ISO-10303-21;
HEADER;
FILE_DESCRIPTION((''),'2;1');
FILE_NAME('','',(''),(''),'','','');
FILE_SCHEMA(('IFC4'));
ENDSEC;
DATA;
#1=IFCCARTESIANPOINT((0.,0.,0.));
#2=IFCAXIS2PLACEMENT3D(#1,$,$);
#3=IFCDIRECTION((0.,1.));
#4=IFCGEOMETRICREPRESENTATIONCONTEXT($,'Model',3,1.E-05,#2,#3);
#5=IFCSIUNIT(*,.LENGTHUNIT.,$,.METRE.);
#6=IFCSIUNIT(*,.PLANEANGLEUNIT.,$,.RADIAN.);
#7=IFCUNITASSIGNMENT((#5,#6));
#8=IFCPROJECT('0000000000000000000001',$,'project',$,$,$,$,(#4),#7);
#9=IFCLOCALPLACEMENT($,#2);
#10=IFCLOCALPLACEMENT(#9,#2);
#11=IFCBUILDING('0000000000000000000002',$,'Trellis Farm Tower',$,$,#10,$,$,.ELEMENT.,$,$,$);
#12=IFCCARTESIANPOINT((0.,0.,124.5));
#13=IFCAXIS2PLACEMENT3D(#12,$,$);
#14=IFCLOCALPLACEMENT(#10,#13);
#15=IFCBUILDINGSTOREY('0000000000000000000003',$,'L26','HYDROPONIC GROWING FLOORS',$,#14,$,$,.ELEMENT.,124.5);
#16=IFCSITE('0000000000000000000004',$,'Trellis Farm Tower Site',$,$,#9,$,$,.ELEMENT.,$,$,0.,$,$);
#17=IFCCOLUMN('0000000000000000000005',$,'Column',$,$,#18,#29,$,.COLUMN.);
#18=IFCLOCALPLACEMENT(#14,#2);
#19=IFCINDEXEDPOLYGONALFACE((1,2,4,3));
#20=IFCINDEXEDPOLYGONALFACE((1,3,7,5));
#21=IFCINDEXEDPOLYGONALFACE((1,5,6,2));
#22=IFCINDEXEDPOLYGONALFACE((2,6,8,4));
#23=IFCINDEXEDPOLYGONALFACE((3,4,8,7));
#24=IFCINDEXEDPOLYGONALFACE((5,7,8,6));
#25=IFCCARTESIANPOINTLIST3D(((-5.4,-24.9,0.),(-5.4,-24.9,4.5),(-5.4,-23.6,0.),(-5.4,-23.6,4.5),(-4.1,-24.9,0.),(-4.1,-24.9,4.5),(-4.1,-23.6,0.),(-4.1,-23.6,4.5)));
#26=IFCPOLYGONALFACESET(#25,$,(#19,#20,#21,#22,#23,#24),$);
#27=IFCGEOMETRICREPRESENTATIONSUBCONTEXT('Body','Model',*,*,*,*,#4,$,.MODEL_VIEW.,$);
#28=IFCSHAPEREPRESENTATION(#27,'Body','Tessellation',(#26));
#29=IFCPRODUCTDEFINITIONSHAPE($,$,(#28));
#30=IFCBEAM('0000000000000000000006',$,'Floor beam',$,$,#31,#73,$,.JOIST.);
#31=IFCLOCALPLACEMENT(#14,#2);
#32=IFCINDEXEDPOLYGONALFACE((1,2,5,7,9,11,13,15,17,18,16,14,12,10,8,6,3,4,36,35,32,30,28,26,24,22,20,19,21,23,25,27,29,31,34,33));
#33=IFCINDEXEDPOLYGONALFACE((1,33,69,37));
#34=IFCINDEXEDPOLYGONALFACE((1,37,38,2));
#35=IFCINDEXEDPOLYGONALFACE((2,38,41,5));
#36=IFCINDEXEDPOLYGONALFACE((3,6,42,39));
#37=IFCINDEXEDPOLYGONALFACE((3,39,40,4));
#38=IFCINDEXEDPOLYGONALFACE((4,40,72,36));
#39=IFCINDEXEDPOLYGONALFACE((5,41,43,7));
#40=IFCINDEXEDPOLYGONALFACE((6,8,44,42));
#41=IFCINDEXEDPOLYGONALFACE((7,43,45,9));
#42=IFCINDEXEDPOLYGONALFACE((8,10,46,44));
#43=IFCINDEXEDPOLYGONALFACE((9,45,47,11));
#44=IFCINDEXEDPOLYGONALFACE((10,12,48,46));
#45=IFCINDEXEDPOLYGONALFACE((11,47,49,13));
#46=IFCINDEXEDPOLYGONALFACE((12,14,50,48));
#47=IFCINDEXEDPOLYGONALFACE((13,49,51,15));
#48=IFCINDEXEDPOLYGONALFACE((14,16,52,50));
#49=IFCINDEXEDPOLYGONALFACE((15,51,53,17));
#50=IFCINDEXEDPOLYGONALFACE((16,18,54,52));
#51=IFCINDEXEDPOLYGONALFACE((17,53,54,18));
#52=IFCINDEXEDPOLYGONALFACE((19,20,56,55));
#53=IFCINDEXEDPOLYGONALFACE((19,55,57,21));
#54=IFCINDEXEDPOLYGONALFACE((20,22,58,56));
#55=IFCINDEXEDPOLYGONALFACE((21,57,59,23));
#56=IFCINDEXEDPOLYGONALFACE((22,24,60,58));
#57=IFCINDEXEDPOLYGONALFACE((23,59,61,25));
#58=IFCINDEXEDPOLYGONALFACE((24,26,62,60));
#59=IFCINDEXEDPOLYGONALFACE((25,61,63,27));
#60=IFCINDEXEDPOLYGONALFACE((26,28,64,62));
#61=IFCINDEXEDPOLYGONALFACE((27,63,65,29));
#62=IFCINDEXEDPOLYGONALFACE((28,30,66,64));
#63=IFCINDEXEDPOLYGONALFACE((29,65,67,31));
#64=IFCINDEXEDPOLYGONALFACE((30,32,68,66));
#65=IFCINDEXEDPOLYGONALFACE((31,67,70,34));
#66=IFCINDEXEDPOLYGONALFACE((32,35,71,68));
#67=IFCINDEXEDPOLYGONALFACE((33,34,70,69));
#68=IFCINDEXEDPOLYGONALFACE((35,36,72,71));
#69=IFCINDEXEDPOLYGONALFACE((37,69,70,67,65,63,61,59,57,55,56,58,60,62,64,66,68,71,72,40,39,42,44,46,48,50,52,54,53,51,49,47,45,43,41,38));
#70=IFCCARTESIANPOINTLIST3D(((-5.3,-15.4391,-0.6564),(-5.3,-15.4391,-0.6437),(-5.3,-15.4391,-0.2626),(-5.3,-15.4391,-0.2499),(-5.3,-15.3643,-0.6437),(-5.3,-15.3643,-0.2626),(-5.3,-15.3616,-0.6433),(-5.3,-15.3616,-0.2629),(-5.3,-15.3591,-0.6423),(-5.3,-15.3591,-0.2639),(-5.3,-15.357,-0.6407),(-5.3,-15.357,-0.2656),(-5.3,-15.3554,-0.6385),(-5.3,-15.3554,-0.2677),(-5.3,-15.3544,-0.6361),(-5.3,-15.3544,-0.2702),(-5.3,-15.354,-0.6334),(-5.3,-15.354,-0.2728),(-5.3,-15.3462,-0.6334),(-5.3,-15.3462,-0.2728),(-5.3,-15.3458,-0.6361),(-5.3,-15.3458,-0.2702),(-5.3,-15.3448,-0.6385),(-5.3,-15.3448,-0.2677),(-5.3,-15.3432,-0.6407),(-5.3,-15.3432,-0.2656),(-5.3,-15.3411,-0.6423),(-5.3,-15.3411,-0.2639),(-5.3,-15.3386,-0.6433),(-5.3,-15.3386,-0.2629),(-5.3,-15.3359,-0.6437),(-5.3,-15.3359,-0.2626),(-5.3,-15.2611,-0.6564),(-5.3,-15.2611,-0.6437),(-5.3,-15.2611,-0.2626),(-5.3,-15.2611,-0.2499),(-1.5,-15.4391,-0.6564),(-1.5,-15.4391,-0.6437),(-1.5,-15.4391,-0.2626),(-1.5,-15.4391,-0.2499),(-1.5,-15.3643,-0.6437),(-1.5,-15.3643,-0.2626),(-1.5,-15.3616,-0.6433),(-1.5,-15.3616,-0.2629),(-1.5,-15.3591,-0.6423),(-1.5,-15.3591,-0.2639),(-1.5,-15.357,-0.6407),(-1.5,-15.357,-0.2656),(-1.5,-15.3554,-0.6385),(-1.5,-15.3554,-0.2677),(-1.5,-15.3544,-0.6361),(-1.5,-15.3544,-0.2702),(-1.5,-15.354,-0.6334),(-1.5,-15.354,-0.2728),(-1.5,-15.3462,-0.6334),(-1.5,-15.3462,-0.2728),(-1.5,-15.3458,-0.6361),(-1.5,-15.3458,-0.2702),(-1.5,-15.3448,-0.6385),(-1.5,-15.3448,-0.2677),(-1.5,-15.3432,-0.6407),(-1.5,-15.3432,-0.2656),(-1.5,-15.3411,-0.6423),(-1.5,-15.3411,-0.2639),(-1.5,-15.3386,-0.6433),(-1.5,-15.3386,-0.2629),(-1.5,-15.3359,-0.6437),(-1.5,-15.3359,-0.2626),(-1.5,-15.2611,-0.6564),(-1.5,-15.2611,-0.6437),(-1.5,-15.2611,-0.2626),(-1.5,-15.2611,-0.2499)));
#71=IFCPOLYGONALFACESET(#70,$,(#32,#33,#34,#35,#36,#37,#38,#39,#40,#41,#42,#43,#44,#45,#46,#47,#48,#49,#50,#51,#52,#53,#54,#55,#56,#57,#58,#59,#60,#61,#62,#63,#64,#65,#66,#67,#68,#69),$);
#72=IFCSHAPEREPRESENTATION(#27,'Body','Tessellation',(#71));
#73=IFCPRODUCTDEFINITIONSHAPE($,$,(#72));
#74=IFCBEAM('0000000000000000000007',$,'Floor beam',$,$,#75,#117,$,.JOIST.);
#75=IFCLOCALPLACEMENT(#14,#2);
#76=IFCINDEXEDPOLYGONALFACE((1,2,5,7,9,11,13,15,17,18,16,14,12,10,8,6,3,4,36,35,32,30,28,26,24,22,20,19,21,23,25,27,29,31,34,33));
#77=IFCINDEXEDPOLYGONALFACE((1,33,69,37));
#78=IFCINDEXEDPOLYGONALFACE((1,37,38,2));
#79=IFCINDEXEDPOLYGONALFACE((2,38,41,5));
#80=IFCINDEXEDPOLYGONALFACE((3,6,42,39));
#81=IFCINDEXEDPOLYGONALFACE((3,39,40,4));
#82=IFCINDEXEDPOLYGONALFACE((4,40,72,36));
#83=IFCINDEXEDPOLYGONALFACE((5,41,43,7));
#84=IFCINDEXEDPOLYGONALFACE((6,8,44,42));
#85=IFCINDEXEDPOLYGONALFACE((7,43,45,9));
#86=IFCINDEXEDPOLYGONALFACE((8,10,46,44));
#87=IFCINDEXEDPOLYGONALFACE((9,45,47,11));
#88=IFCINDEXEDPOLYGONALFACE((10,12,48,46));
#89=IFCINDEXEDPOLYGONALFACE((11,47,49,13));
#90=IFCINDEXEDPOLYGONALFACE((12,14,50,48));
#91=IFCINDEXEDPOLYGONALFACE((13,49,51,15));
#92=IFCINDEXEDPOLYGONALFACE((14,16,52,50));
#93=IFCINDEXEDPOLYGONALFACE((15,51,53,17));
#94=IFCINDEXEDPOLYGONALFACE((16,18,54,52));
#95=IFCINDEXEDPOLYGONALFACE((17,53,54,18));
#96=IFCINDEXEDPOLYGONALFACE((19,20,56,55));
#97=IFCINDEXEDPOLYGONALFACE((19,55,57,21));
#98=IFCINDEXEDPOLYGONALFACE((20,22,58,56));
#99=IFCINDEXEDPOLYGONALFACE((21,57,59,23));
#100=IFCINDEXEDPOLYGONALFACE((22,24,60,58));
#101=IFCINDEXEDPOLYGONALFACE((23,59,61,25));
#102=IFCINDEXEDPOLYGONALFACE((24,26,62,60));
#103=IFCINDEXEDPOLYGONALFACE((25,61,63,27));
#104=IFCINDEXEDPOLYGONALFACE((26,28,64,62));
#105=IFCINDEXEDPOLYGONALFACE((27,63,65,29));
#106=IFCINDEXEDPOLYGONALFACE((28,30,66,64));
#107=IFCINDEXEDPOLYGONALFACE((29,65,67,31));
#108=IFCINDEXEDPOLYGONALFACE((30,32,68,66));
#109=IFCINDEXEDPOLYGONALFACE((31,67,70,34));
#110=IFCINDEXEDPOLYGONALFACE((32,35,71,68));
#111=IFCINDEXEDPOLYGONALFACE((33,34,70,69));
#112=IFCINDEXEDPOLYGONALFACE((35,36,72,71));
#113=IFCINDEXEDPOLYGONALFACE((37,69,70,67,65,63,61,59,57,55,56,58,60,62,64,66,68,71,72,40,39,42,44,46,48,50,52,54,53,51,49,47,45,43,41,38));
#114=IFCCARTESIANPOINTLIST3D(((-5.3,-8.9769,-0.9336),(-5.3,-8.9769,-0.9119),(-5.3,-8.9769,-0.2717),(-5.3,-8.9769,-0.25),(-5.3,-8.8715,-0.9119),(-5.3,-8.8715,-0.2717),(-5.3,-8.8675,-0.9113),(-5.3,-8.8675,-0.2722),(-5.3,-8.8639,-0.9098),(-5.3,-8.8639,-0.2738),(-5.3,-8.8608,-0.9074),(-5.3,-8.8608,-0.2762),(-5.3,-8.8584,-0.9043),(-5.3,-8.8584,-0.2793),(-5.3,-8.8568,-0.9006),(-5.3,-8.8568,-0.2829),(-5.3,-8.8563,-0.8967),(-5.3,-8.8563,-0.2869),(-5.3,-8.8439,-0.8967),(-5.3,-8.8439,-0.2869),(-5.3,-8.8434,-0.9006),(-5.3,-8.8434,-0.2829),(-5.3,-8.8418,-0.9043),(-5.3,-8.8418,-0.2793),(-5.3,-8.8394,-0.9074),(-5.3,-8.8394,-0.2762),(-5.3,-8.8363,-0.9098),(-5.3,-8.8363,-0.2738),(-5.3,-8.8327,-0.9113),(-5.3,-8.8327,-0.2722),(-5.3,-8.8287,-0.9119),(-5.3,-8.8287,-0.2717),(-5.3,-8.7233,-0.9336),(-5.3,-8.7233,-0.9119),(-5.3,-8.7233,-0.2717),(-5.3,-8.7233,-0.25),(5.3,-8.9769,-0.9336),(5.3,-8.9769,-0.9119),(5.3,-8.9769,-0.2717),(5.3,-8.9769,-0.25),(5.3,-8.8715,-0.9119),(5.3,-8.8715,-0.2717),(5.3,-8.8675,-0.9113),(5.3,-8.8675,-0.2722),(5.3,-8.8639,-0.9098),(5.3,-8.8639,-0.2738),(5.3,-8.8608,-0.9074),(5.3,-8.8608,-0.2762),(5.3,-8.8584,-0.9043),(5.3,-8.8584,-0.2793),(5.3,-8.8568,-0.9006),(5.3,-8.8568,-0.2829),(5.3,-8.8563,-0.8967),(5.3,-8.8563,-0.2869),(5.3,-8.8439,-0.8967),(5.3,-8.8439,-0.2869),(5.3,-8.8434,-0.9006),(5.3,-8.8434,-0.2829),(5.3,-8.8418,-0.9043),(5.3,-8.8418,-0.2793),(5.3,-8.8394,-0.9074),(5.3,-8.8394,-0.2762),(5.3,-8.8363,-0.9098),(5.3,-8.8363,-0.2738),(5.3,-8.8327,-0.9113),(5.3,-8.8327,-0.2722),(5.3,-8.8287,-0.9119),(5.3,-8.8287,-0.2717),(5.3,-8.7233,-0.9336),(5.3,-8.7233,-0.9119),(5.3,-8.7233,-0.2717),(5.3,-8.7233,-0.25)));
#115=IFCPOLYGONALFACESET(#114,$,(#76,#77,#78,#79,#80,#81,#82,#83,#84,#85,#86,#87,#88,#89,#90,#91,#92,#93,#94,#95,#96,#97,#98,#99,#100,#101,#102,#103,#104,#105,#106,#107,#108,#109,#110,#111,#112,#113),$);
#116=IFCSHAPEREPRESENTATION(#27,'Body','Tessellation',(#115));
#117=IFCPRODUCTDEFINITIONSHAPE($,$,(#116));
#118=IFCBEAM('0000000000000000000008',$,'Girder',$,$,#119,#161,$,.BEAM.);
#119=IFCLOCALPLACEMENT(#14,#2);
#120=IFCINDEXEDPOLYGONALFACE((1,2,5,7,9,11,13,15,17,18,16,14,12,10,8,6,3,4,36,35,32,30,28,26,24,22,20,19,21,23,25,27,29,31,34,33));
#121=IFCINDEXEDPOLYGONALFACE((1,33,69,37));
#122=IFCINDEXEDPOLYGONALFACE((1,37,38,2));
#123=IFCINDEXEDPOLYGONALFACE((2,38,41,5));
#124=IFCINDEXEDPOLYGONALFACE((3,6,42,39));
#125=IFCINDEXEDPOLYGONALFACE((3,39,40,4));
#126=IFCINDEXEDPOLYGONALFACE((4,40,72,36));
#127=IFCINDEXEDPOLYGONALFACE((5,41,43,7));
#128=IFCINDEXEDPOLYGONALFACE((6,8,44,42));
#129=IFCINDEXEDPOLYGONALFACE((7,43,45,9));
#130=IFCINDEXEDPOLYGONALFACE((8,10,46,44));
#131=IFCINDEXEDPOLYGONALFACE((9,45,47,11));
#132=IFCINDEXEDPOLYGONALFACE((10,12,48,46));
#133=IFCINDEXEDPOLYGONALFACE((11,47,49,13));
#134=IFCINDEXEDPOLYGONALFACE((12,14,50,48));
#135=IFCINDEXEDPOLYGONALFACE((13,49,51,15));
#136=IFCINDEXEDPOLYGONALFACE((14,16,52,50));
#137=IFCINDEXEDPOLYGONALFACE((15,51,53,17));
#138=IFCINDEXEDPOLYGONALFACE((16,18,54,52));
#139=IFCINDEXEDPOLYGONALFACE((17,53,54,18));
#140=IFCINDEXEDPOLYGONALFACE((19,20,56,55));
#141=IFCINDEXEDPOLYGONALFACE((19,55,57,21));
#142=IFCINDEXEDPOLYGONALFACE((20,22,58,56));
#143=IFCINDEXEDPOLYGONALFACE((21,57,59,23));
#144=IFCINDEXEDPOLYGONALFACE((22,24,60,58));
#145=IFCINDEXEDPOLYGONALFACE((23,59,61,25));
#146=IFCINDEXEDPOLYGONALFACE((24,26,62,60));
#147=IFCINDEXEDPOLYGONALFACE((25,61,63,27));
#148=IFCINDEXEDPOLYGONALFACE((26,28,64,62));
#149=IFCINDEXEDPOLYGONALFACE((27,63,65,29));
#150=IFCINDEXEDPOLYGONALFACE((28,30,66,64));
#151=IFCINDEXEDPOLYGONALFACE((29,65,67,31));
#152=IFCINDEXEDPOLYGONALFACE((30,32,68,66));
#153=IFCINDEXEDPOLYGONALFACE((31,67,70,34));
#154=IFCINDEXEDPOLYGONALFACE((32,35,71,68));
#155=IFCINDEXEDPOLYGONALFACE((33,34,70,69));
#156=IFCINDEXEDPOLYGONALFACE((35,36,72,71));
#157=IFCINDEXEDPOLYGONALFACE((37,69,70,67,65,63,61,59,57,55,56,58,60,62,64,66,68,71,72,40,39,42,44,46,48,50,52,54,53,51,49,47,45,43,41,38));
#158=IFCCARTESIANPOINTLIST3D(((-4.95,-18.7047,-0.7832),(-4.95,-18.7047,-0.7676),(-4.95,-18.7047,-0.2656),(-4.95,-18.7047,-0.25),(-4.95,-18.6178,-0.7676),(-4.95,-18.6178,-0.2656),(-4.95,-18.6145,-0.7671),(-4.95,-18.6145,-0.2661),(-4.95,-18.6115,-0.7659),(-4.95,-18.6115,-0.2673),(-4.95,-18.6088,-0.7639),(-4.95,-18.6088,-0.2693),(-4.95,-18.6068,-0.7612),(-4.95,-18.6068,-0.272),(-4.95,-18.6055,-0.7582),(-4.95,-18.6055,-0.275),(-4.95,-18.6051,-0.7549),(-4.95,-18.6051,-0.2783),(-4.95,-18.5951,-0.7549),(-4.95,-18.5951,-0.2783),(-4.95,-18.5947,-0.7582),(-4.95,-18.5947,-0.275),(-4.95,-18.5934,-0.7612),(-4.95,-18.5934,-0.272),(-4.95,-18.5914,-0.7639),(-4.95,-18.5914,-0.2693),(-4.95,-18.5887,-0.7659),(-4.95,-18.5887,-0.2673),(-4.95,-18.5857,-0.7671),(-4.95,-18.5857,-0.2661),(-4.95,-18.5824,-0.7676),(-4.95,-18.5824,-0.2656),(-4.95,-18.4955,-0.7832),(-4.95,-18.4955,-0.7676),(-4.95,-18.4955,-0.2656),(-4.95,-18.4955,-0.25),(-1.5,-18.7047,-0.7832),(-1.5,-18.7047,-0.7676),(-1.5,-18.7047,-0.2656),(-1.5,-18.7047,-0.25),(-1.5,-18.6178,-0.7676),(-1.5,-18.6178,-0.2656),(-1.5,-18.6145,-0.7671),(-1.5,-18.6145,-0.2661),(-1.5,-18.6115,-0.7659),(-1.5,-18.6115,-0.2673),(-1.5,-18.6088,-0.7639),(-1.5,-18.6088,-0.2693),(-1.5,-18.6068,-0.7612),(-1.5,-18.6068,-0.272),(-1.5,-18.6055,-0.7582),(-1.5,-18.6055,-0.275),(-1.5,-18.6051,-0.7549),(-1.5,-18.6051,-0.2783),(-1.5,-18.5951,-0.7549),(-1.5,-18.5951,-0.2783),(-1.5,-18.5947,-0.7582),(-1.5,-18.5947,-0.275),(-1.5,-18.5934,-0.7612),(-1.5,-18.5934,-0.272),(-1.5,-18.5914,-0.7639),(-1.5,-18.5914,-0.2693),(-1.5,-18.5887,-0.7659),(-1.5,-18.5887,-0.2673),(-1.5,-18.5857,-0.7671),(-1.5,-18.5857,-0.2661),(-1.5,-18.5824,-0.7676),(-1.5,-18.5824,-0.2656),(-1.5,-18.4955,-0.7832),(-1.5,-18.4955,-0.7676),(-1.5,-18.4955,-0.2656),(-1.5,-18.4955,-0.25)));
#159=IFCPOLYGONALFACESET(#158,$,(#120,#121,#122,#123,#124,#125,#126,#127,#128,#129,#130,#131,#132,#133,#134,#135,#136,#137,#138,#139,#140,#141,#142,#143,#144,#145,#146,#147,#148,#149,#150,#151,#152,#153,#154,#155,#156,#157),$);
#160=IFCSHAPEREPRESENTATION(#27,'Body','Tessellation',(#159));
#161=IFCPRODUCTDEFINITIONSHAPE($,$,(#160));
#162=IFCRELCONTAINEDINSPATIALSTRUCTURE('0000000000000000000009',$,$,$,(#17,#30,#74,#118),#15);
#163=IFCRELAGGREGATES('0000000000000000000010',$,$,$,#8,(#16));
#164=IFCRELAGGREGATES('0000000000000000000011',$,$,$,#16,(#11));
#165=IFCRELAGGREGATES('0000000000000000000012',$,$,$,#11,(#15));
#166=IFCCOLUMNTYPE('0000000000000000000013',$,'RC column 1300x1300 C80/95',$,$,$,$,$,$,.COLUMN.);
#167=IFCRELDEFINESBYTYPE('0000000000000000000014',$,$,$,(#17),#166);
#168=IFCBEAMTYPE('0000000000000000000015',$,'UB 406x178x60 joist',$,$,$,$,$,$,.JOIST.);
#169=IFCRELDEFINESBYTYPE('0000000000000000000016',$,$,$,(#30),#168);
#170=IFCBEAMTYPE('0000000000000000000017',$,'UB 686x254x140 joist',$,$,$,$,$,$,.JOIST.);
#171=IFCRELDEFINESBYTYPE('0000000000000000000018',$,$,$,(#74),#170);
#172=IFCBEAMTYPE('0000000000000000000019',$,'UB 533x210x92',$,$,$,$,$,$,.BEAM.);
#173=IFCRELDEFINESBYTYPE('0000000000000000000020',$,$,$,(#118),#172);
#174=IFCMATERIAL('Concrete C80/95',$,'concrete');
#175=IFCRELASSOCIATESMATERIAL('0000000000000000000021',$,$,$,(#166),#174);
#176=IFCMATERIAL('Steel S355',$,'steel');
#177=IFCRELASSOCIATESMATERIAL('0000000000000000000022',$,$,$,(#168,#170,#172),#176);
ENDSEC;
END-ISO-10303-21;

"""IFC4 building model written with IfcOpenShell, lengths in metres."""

from ifc_helpers import new_model, si_unit, direction, frame, origin, origin_2d, place, context, subcontext, project, spatial, rectangle, i_section, extrude, source, transform, mapped, material, material_profile, profile_set, type_object, element, save


model = new_model("IFC4")

# Units and contexts
model_context = context("Model", 3, precision=1e-05, world=origin(), true_north=direction((0.0, 1.0)))
body_context = subcontext(model_context, "Body", "Model", "MODEL_VIEW")
ifc_project = project(units=[si_unit("LENGTHUNIT", "METRE"), si_unit("PLANEANGLEUNIT", "RADIAN")], contexts=[model_context])

# Site, building, storey
site_placement = place(None, origin())
site = spatial("IfcSite", under=ifc_project, at=site_placement, Name="Trellis Farm Tower Site", CompositionType="ELEMENT", RefElevation=0.0)
building_placement = place(site_placement, origin())
building = spatial("IfcBuilding", under=site, at=building_placement, Name="Trellis Farm Tower", CompositionType="ELEMENT")
storey_placement = place(building_placement, frame((0.0, 0.0, 124.5)))
storey = spatial("IfcBuildingStorey", under=building, at=storey_placement, Name="L26", Description="HYDROPONIC GROWING FLOORS", CompositionType="ELEMENT", Elevation=124.5)

# Column
ifc_material_1 = material(Name="Concrete C80/95", Category="concrete")
ifc_material_profile_1 = material_profile(ifc_material_1, rectangle(XDim=1.3, YDim=1.3, at=origin_2d()), Name="RC column 1300x1300 C80/95")
ifc_profile_set_1 = profile_set([ifc_material_profile_1], Name="Concrete C80/95")
column_type = type_object("IfcColumnType", Name="RC column 1300x1300 C80/95", PredefinedType="COLUMN", material=ifc_profile_set_1)
shared_shape_1 = source(origin(), body_context, "Body", "SweptSolid", [
    extrude(rectangle(XDim=1.3, YDim=1.3, at=origin_2d()), origin(), (0.0, 0.0, 1.0), 4.5),
])
column_placement = place(storey_placement, frame((-4.75, -24.25, 0.0), z_axis=(0.0, 0.0, 1.0), x_axis=(1.0, 0.0, 0.0)))
element("IfcColumn", 1, at=column_placement, inside=storey, type_object=column_type, Name="Column", PredefinedType="COLUMN", context=body_context, shape_type="MappedRepresentation", body=[
    mapped(shared_shape_1, transform((0.0, 0.0, 0.0))),
])

# Beams
ifc_material_2 = material(Name="Steel S355", Category="steel")
ifc_material_profile_2 = material_profile(ifc_material_2, i_section(OverallWidth=0.178, OverallDepth=0.4065, WebThickness=0.0078, FlangeThickness=0.0127, FilletRadius=0.0103, at=origin_2d()), Name="UB 406x178x60")
ifc_profile_set_2 = profile_set([ifc_material_profile_2], Name="Steel S355")
beam_type_1 = type_object("IfcBeamType", Name="UB 406x178x60 joist", PredefinedType="JOIST", material=ifc_profile_set_2)
shared_shape_2 = source(origin(), body_context, "Body", "SweptSolid", [
    extrude(i_section(OverallWidth=0.178, OverallDepth=0.4065, WebThickness=0.0078, FlangeThickness=0.0127, FilletRadius=0.0103, at=origin_2d()), origin(), (0.0, 0.0, 1.0), 3.8),
])
beam_1_placement = place(storey_placement, frame((-5.3, -15.3501, -0.4531), z_axis=(1.0, 0.0, 0.0), x_axis=(0.0, 1.0, 0.0)))
element("IfcBeam", 2, at=beam_1_placement, inside=storey, type_object=beam_type_1, Name="Floor beam", PredefinedType="JOIST", context=body_context, shape_type="MappedRepresentation", body=[
    mapped(shared_shape_2, transform((0.0, 0.0, 0.0))),
])
ifc_material_profile_3 = material_profile(ifc_material_2, i_section(OverallWidth=0.2537, OverallDepth=0.6836, WebThickness=0.0125, FlangeThickness=0.0217, FilletRadius=0.0151, at=origin_2d()), Name="UB 686x254x140")
ifc_profile_set_3 = profile_set([ifc_material_profile_3], Name="Steel S355")
beam_type_2 = type_object("IfcBeamType", Name="UB 686x254x140 joist", PredefinedType="JOIST", material=ifc_profile_set_3)
shared_shape_3 = source(origin(), body_context, "Body", "SweptSolid", [
    extrude(i_section(OverallWidth=0.2537, OverallDepth=0.6836, WebThickness=0.0125, FlangeThickness=0.0217, FilletRadius=0.0151, at=origin_2d()), origin(), (0.0, 0.0, 1.0), 10.6001),
])
beam_2_placement = place(storey_placement, frame((-5.3, -8.8501, -0.5918), z_axis=(1.0, 0.0, 0.0), x_axis=(0.0, 1.0, 0.0)))
element("IfcBeam", 3, at=beam_2_placement, inside=storey, type_object=beam_type_2, Name="Floor beam", PredefinedType="JOIST", context=body_context, shape_type="MappedRepresentation", body=[
    mapped(shared_shape_3, transform((0.0, 0.0, 0.0))),
])
ifc_material_profile_4 = material_profile(ifc_material_2, i_section(OverallWidth=0.2092, OverallDepth=0.5332, WebThickness=0.01, FlangeThickness=0.0156, FilletRadius=0.0127, at=origin_2d()), Name="UB 533x210x92")
ifc_profile_set_4 = profile_set([ifc_material_profile_4], Name="Steel S355")
beam_type_3 = type_object("IfcBeamType", Name="UB 533x210x92", PredefinedType="BEAM", material=ifc_profile_set_4)
shared_shape_4 = source(origin(), body_context, "Body", "SweptSolid", [
    extrude(i_section(OverallWidth=0.2092, OverallDepth=0.5332, WebThickness=0.01, FlangeThickness=0.0156, FilletRadius=0.0127, at=origin_2d()), origin(), (0.0, 0.0, 1.0), 3.45),
])
beam_3_placement = place(storey_placement, frame((-4.95, -18.6001, -0.5166), z_axis=(1.0, 0.0, 0.0), x_axis=(0.0, 1.0, 0.0)))
element("IfcBeam", 4, at=beam_3_placement, inside=storey, type_object=beam_type_3, Name="Girder", PredefinedType="BEAM", context=body_context, shape_type="MappedRepresentation", body=[
    mapped(shared_shape_4, transform((0.0, 0.0, 0.0))),
])

save(model, "model.ifc")
